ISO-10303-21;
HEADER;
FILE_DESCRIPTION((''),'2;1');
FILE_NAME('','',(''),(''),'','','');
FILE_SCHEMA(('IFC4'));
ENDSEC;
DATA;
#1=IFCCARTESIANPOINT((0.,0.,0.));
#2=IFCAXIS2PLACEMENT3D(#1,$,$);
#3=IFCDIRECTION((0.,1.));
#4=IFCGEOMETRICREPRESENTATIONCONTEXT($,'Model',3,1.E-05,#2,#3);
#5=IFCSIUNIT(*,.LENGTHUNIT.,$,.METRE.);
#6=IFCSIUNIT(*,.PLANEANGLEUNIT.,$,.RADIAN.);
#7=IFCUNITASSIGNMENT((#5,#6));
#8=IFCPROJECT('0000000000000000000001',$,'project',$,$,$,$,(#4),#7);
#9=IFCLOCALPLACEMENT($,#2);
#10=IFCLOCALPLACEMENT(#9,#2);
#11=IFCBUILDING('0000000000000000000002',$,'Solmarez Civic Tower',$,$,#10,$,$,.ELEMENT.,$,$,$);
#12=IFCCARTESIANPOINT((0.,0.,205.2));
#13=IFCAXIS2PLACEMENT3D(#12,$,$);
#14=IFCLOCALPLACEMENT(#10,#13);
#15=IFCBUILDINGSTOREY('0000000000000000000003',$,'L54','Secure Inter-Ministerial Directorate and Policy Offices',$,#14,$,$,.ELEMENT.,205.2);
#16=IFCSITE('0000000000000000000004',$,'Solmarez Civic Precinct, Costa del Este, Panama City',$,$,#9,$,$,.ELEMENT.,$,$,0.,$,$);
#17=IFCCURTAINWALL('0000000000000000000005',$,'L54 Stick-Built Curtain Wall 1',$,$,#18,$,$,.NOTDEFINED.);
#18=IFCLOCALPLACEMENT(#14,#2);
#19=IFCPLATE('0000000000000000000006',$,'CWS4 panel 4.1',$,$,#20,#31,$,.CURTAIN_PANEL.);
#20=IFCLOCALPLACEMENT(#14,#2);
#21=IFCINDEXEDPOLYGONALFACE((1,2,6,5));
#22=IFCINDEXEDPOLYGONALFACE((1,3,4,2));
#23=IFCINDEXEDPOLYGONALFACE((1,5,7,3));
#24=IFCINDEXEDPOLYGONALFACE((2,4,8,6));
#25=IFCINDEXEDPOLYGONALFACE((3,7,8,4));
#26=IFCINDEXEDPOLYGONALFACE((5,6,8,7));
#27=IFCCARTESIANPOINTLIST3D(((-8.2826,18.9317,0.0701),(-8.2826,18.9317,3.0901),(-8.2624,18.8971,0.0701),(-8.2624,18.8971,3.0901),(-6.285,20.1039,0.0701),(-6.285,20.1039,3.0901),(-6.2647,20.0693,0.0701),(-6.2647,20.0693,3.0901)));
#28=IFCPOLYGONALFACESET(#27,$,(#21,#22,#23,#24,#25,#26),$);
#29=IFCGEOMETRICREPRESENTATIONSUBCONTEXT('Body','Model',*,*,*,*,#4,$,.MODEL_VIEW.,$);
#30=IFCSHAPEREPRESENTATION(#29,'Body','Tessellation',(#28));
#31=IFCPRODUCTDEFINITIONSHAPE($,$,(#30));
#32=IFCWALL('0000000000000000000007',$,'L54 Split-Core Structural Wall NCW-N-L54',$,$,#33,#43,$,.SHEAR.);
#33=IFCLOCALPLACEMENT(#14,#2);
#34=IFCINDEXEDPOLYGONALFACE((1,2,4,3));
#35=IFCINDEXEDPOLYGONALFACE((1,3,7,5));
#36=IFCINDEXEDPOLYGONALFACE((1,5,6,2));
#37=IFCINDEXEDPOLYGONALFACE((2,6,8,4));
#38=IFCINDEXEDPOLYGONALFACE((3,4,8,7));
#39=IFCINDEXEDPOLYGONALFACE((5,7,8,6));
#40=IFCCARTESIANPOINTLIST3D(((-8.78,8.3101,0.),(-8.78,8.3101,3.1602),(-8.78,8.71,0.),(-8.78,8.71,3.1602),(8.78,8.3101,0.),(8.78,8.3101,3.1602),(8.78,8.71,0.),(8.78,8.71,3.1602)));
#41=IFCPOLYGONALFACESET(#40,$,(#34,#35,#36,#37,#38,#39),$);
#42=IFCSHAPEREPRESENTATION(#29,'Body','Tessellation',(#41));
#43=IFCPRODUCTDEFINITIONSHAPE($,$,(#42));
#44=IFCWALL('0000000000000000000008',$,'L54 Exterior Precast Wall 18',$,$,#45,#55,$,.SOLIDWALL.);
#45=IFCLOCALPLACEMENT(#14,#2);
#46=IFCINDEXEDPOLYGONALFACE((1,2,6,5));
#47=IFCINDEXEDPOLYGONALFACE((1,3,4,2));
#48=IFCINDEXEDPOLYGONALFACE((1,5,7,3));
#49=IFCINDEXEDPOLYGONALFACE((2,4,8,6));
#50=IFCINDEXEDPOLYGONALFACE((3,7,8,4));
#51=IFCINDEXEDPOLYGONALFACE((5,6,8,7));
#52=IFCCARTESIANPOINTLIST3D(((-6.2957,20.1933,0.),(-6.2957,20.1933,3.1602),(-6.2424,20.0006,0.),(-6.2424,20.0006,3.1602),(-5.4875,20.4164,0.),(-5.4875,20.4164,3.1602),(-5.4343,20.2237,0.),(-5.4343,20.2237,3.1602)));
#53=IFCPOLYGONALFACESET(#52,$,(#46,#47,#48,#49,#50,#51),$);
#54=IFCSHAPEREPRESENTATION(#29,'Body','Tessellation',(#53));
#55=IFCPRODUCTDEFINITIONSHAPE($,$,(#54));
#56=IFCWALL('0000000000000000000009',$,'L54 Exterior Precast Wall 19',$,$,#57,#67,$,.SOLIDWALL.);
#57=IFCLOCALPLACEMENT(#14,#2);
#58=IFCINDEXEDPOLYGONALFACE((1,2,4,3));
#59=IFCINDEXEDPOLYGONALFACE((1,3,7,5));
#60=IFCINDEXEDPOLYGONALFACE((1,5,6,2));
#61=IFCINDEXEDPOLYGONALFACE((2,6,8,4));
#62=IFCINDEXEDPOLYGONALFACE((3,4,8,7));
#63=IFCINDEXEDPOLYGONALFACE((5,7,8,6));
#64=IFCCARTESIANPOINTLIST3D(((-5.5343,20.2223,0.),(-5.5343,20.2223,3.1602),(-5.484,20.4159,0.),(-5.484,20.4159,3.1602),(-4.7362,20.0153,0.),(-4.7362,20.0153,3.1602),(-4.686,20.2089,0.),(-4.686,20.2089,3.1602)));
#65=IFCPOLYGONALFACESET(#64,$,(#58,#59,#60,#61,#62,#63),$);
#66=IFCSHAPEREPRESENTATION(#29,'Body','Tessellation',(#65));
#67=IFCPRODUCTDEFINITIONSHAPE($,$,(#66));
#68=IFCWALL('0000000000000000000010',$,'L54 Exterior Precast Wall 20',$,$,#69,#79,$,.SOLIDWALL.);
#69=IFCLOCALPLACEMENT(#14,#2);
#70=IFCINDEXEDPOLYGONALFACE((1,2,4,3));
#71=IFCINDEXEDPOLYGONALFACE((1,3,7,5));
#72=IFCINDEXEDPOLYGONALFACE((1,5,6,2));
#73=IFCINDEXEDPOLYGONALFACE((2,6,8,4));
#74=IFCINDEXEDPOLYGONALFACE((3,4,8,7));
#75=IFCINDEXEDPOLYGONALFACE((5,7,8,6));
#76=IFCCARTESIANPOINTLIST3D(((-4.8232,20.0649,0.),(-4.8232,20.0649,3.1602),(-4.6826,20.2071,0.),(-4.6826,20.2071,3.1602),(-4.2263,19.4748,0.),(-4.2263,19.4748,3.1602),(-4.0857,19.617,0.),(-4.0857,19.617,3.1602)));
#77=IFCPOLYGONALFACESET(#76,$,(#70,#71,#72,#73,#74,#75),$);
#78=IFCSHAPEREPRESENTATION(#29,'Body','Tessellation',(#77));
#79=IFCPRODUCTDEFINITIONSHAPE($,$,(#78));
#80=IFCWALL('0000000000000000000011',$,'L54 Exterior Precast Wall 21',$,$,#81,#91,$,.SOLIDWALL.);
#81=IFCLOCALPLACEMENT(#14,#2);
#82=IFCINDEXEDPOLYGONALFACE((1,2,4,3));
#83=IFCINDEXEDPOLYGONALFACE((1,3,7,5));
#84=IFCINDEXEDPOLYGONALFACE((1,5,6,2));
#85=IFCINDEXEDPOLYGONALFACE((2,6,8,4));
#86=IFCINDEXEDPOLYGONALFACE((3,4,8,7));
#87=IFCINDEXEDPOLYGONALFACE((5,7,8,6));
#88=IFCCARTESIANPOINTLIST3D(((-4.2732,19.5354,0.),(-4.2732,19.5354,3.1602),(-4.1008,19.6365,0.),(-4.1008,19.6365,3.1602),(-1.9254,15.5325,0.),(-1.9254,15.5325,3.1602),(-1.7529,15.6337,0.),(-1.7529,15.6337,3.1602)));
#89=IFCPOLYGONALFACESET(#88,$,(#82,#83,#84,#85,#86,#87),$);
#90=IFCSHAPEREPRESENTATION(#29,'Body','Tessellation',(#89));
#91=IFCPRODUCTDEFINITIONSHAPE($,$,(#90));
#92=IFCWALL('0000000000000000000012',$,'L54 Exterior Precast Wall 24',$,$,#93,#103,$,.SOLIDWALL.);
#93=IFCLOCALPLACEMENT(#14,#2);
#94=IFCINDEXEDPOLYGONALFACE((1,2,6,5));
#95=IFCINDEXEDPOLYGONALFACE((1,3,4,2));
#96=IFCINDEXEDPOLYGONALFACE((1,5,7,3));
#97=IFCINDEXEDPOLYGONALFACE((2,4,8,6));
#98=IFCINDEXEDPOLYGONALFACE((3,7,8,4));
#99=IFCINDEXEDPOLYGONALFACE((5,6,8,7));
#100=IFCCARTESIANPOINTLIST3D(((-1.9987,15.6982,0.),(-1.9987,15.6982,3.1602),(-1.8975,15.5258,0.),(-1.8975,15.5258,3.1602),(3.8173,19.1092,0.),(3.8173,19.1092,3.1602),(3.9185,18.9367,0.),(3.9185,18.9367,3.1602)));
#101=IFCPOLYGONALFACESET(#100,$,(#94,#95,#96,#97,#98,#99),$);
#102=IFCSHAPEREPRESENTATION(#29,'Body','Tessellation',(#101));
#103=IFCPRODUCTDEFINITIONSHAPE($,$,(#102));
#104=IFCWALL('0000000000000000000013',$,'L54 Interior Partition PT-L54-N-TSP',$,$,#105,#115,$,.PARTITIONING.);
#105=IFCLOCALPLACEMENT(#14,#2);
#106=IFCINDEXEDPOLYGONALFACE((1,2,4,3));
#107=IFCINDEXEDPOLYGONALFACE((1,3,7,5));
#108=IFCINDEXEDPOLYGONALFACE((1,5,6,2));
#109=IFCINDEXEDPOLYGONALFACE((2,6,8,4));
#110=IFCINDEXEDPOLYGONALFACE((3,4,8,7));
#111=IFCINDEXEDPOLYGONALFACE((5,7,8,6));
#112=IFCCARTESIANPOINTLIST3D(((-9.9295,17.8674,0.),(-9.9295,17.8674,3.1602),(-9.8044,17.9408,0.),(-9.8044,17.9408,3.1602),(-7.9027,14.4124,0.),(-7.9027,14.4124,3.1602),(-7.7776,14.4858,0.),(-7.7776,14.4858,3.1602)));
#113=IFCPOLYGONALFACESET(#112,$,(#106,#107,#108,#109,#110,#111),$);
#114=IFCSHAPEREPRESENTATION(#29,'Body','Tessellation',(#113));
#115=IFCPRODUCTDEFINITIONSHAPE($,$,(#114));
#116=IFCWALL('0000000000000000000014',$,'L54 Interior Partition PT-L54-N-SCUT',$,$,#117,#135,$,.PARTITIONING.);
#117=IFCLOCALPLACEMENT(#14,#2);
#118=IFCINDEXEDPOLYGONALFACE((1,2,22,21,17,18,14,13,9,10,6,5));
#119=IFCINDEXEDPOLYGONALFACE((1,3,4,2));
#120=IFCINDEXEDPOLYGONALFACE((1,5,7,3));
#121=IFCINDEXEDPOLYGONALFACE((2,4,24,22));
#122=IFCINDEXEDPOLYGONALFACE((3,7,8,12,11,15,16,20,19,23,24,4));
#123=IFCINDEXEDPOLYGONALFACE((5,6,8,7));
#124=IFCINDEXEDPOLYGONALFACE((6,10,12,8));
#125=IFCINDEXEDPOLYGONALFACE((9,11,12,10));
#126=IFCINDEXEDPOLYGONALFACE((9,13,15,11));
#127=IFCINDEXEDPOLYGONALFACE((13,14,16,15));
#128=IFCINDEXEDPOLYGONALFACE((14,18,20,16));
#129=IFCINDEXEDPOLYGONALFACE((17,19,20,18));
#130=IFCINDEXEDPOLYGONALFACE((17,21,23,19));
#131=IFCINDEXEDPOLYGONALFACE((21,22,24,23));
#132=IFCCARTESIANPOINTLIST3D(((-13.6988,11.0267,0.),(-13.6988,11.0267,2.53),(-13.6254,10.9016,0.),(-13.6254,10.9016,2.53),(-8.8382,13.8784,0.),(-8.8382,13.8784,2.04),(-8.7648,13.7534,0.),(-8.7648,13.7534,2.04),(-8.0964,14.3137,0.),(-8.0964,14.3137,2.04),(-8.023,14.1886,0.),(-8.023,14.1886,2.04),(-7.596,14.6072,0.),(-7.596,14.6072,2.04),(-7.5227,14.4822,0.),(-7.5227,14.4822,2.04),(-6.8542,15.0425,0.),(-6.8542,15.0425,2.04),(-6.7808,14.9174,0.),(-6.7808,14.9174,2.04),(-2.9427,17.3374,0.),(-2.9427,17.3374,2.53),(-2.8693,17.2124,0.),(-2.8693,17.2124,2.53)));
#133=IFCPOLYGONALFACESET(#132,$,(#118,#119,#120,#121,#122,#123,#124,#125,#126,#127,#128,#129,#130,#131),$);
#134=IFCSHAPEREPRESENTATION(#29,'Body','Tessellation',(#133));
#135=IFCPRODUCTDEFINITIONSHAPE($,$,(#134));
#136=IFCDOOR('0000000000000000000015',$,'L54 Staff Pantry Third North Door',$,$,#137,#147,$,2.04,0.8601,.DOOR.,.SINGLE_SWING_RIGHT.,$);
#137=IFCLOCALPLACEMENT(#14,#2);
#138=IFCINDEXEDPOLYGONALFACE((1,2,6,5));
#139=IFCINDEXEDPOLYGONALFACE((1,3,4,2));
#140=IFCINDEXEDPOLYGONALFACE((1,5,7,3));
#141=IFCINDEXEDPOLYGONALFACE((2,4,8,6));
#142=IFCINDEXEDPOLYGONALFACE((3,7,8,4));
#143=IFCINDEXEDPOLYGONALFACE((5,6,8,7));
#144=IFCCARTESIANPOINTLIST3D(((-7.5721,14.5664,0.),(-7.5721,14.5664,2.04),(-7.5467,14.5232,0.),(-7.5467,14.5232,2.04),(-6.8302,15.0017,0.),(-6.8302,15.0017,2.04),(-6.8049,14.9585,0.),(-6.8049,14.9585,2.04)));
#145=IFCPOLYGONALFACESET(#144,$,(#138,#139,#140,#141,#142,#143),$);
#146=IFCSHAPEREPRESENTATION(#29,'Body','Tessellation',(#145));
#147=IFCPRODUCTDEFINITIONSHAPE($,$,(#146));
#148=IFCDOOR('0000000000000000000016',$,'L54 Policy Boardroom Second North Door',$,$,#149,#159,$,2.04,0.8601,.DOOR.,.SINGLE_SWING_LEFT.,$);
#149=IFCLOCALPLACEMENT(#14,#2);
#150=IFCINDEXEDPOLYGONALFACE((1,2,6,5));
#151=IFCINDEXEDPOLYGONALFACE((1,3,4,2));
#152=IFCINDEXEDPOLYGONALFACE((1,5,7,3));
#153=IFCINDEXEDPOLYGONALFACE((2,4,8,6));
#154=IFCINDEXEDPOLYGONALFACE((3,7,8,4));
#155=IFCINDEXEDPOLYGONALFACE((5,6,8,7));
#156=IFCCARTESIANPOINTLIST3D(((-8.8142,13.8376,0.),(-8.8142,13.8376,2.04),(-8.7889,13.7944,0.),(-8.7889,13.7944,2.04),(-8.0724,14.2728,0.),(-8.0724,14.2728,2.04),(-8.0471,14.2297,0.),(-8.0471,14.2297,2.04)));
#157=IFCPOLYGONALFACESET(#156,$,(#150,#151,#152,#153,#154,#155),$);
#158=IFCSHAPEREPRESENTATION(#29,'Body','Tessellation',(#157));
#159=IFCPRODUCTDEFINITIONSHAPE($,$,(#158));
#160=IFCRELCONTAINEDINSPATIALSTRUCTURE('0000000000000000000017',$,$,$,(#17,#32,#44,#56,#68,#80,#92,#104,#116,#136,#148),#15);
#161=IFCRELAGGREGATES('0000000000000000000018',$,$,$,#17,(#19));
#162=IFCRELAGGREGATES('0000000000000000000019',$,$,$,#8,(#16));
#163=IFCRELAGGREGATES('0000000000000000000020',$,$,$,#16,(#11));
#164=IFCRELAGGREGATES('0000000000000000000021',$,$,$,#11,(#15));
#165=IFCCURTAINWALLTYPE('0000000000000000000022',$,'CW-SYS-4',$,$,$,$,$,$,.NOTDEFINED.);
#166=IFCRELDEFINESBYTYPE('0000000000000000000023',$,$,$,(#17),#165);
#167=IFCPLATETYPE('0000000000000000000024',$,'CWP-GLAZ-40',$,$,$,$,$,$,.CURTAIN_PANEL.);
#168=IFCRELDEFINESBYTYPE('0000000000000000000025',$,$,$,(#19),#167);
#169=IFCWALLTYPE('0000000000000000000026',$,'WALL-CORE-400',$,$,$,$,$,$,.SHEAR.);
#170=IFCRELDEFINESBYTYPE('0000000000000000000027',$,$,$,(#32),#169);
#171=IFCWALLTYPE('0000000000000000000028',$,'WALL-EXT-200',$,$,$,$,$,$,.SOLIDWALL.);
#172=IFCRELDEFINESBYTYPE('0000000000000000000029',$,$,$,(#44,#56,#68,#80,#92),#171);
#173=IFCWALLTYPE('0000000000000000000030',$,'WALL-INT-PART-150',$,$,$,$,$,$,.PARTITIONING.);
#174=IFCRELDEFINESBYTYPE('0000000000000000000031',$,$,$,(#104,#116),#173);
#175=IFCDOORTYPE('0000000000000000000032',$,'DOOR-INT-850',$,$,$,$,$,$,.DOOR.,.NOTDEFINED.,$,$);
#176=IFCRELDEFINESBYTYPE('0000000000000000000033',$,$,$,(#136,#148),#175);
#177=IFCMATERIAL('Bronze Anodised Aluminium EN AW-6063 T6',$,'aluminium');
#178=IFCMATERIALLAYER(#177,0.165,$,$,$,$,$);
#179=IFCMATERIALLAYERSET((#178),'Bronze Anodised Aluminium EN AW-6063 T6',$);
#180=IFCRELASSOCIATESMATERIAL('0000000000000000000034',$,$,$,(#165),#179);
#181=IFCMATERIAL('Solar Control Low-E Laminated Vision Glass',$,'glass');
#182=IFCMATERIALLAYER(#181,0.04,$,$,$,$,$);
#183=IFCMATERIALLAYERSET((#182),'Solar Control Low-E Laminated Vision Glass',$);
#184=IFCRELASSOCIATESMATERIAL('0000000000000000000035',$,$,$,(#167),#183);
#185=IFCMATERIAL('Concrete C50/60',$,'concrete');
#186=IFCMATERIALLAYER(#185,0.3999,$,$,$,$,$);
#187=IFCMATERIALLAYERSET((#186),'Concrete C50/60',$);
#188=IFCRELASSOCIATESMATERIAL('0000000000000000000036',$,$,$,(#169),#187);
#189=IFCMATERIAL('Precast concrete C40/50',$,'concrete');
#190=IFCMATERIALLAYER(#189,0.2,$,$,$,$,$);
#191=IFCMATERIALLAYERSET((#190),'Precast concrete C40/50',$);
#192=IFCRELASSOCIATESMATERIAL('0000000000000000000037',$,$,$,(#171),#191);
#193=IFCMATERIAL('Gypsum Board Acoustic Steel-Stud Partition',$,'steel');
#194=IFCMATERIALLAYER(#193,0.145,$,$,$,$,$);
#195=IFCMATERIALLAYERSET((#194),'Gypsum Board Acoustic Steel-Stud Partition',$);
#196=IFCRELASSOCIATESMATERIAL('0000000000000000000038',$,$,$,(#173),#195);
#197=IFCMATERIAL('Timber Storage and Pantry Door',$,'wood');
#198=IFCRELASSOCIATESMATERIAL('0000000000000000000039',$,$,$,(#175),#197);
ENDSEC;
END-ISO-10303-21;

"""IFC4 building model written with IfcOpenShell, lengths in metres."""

from ifc_helpers import new_model, si_unit, direction, frame, frame_2d, origin, origin_2d, place, context, subcontext, project, spatial, rectangle, extrude, material, layer, layer_set, type_object, element, fill, aggregate, save


model = new_model("IFC4")

# Units and contexts
model_context = context("Model", 3, precision=1e-05, world=origin(), true_north=direction((0.0, 1.0)))
body_context = subcontext(model_context, "Body", "Model", "MODEL_VIEW")
ifc_project = project(units=[si_unit("LENGTHUNIT", "METRE"), si_unit("PLANEANGLEUNIT", "RADIAN")], contexts=[model_context])

# Site, building, storey
site_placement = place(None, origin())
site = spatial("IfcSite", under=ifc_project, at=site_placement, Name="Solmarez Civic Precinct, Costa del Este, Panama City", CompositionType="ELEMENT", RefElevation=0.0)
building_placement = place(site_placement, origin())
building = spatial("IfcBuilding", under=site, at=building_placement, Name="Solmarez Civic Tower", CompositionType="ELEMENT")
storey_placement = place(building_placement, frame((0.0, 0.0, 205.2)))
storey = spatial("IfcBuildingStorey", under=building, at=storey_placement, Name="L54", Description="Secure Inter-Ministerial Directorate and Policy Offices", CompositionType="ELEMENT", Elevation=205.2)

# Shared definitions
ifc_material_1 = material(Name="Concrete C50/60", Category="concrete")

# Curtain wall, plate
ifc_material_2 = material(Name="Bronze Anodised Aluminium EN AW-6063 T6", Category="aluminium")
ifc_layer_1 = layer(ifc_material_2, 0.165)
ifc_layer_set_1 = layer_set([ifc_layer_1], Name="Bronze Anodised Aluminium EN AW-6063 T6")
curtain_wall_type = type_object("IfcCurtainWallType", Name="CW-SYS-4", PredefinedType="NOTDEFINED", material=ifc_layer_set_1)
curtain_wall_placement = place(storey_placement, origin())
curtain_wall = element("IfcCurtainWall", 1, at=curtain_wall_placement, inside=storey, type_object=curtain_wall_type, Name="L54 Stick-Built Curtain Wall 1", PredefinedType="NOTDEFINED")
ifc_material_3 = material(Name="Solar Control Low-E Laminated Vision Glass", Category="glass")
ifc_layer_2 = layer(ifc_material_3, 0.04)
ifc_layer_set_2 = layer_set([ifc_layer_2], Name="Solar Control Low-E Laminated Vision Glass")
plate_type = type_object("IfcPlateType", Name="CWP-GLAZ-40", PredefinedType="CURTAIN_PANEL", material=ifc_layer_set_2)
plate_placement = place(storey_placement, frame((-7.2737, 19.5005, 0.0701), z_axis=(0.0, 0.0, 1.0), x_axis=(0.862476, 0.506098, 0.0)))
plate = element("IfcPlate", 2, at=plate_placement, type_object=plate_type, Name="CWS4 panel 4.1", PredefinedType="CURTAIN_PANEL", context=body_context, shape_type="SweptSolid", body=[
    extrude(rectangle(XDim=2.3162, YDim=0.04, at=origin_2d()), origin(), (0.0, 0.0, 1.0), 3.02),
])
aggregate(curtain_wall, [plate])

# Walls
ifc_layer_3 = layer(ifc_material_1, 0.3999)
ifc_layer_set_3 = layer_set([ifc_layer_3], Name="Concrete C50/60")
wall_type_1 = type_object("IfcWallType", Name="WALL-CORE-400", PredefinedType="SHEAR", material=ifc_layer_set_3)
wall_1_placement = place(storey_placement, frame((-8.78, 8.51, 0.0), z_axis=(0.0, 0.0, 1.0), x_axis=(1.0, 0.0, 0.0)))
element("IfcWall", 3, at=wall_1_placement, inside=storey, type_object=wall_type_1, Name="L54 Split-Core Structural Wall NCW-N-L54", PredefinedType="SHEAR", context=body_context, shape_type="SweptSolid", body=[
    extrude(rectangle(XDim=17.5601, YDim=0.3999, at=frame_2d((8.78, 0.0))), origin(), (0.0, 0.0, 1.0), 3.1602),
])
ifc_material_4 = material(Name="Precast concrete C40/50", Category="concrete")
ifc_layer_4 = layer(ifc_material_4, 0.2)
ifc_layer_set_4 = layer_set([ifc_layer_4], Name="Precast concrete C40/50")
wall_type_2 = type_object("IfcWallType", Name="WALL-EXT-200", PredefinedType="SOLIDWALL", material=ifc_layer_set_4)
wall_2_placement = place(storey_placement, frame((-6.269, 20.0969, 0.0), z_axis=(0.0, 0.0, 1.0), x_axis=(0.963926, 0.266172, 0.0)))
element("IfcWall", 4, at=wall_2_placement, inside=storey, type_object=wall_type_2, Name="L54 Exterior Precast Wall 18", PredefinedType="SOLIDWALL", context=body_context, shape_type="SweptSolid", body=[
    extrude(rectangle(XDim=0.8384, YDim=0.2, at=frame_2d((0.4192, 0.0))), origin(), (0.0, 0.0, 1.0), 3.1602),
])
wall_3_placement = place(storey_placement, frame((-5.509, 20.3191, 0.0), z_axis=(0.0, 0.0, 1.0), x_axis=(0.967962, -0.251096, 0.0)))
element("IfcWall", 5, at=wall_3_placement, inside=storey, type_object=wall_type_2, Name="L54 Exterior Precast Wall 19", PredefinedType="SOLIDWALL", context=body_context, shape_type="SweptSolid", body=[
    extrude(rectangle(XDim=0.8245, YDim=0.2, at=frame_2d((0.4121, 0.0))), origin(), (0.0, 0.0, 1.0), 3.1602),
])
wall_4_placement = place(storey_placement, frame((-4.7529, 20.136, 0.0), z_axis=(0.0, 0.0, 1.0), x_axis=(0.711167, -0.703023, 0.0)))
element("IfcWall", 6, at=wall_4_placement, inside=storey, type_object=wall_type_2, Name="L54 Exterior Precast Wall 20", PredefinedType="SOLIDWALL", context=body_context, shape_type="SweptSolid", body=[
    extrude(rectangle(XDim=0.8394, YDim=0.2, at=frame_2d((0.4197, 0.0))), origin(), (0.0, 0.0, 1.0), 3.1602),
])
wall_5_placement = place(storey_placement, frame((-4.187, 19.5859, 0.0), z_axis=(0.0, 0.0, 1.0), x_axis=(0.505937, -0.862571, 0.0)))
element("IfcWall", 7, at=wall_5_placement, inside=storey, type_object=wall_type_2, Name="L54 Exterior Precast Wall 21", PredefinedType="SOLIDWALL", context=body_context, shape_type="SweptSolid", body=[
    extrude(rectangle(XDim=4.6406, YDim=0.2, at=frame_2d((2.3203, 0.0))), origin(), (0.0, 0.0, 1.0), 3.1602),
])
wall_6_placement = place(storey_placement, frame((-1.948, 15.6121, 0.0), z_axis=(0.0, 0.0, 1.0), x_axis=(0.862597, 0.505891, 0.0)))
element("IfcWall", 8, at=wall_6_placement, inside=storey, type_object=wall_type_2, Name="L54 Exterior Precast Wall 24", PredefinedType="SOLIDWALL", context=body_context, shape_type="SweptSolid", body=[
    extrude(rectangle(XDim=6.7424, YDim=0.2, at=frame_2d((3.3711, 0.0))), origin(), (0.0, 0.0, 1.0), 3.1602),
])
ifc_material_5 = material(Name="Gypsum Board Acoustic Steel-Stud Partition", Category="steel")
ifc_layer_5 = layer(ifc_material_5, 0.145)
ifc_layer_set_5 = layer_set([ifc_layer_5], Name="Gypsum Board Acoustic Steel-Stud Partition")
wall_type_3 = type_object("IfcWallType", Name="WALL-INT-PART-150", PredefinedType="PARTITIONING", material=ifc_layer_set_5)
wall_7_placement = place(storey_placement, frame((-7.8401, 14.449, 0.0), z_axis=(0.0, 0.0, 1.0), x_axis=(-0.505992, 0.862538, 0.0)))
element("IfcWall", 9, at=wall_7_placement, inside=storey, type_object=wall_type_3, Name="L54 Interior Partition PT-L54-N-TSP", PredefinedType="PARTITIONING", context=body_context, shape_type="SweptSolid", body=[
    extrude(rectangle(XDim=4.0056, YDim=0.145, at=frame_2d((2.0029, 0.0))), origin(), (0.0, 0.0, 1.0), 3.1602),
])

# Wall, openings, doors
wall_8_placement = place(storey_placement, frame((-2.906, 17.2749, 0.0), z_axis=(0.0, 0.0, 1.0), x_axis=(-0.862506, -0.506047, 0.0)))
wall_8 = element("IfcWall", 10, at=wall_8_placement, inside=storey, type_object=wall_type_3, Name="L54 Interior Partition PT-L54-N-SCUT", PredefinedType="PARTITIONING", context=body_context, shape_type="SweptSolid", body=[
    extrude(rectangle(XDim=12.4707, YDim=0.145, at=frame_2d((6.2354, 0.0))), origin(), (0.0, 0.0, 1.0), 2.53),
])
opening_1_placement = place(wall_8_placement, frame((4.5349, 0.0, 0.0)))
opening_1 = element("IfcOpeningElement", 11, at=opening_1_placement, cuts=wall_8, PredefinedType="OPENING", context=body_context, shape_type="SweptSolid", body=[
    extrude(rectangle(XDim=0.8601, YDim=2.04, at=frame_2d((0.4302, 1.02))), frame((0.0, 0.0825, 0.0), z_axis=(0.0, -1.0, 0.0), x_axis=(1.0, 0.0, 0.0)), (0.0, 0.0, 1.0), 0.165),
])
opening_2_placement = place(wall_8_placement, frame((5.9751, 0.0, 0.0)))
opening_2 = element("IfcOpeningElement", 12, at=opening_2_placement, cuts=wall_8, PredefinedType="OPENING", context=body_context, shape_type="SweptSolid", body=[
    extrude(rectangle(XDim=0.8601, YDim=2.04, at=frame_2d((0.4302, 1.02))), frame((0.0, 0.0825, 0.0), z_axis=(0.0, -1.0, 0.0), x_axis=(1.0, 0.0, 0.0)), (0.0, 0.0, 1.0), 0.165),
])
ifc_material_6 = material(Name="Timber Storage and Pantry Door", Category="wood")
door_type = type_object("IfcDoorType", Name="DOOR-INT-850", OperationType="NOTDEFINED", PredefinedType="DOOR", material=ifc_material_6)
door_1_placement = place(opening_1_placement, origin())
door_1 = element("IfcDoor", 13, at=door_1_placement, inside=storey, type_object=door_type, Name="L54 Staff Pantry Third North Door", OperationType="SINGLE_SWING_RIGHT", OverallHeight=2.04, OverallWidth=0.8601, PredefinedType="DOOR", context=body_context, shape_type="SweptSolid", body=[
    extrude(rectangle(XDim=0.8601, YDim=2.04, at=frame_2d((0.4302, 1.02))), frame((0.0, 0.0249, 0.0), z_axis=(0.0, -1.0, 0.0), x_axis=(1.0, 0.0, 0.0)), (0.0, 0.0, 1.0), 0.05),
])
fill(opening_1, door_1)
door_2_placement = place(opening_2_placement, origin())
door_2 = element("IfcDoor", 14, at=door_2_placement, inside=storey, type_object=door_type, Name="L54 Policy Boardroom Second North Door", OperationType="SINGLE_SWING_LEFT", OverallHeight=2.04, OverallWidth=0.8601, PredefinedType="DOOR", context=body_context, shape_type="SweptSolid", body=[
    extrude(rectangle(XDim=0.8601, YDim=2.04, at=frame_2d((0.4302, 1.02))), frame((0.0, 0.0249, 0.0), z_axis=(0.0, -1.0, 0.0), x_axis=(1.0, 0.0, 0.0)), (0.0, 0.0, 1.0), 0.05),
])
fill(opening_2, door_2)

save(model, "model.ifc")
